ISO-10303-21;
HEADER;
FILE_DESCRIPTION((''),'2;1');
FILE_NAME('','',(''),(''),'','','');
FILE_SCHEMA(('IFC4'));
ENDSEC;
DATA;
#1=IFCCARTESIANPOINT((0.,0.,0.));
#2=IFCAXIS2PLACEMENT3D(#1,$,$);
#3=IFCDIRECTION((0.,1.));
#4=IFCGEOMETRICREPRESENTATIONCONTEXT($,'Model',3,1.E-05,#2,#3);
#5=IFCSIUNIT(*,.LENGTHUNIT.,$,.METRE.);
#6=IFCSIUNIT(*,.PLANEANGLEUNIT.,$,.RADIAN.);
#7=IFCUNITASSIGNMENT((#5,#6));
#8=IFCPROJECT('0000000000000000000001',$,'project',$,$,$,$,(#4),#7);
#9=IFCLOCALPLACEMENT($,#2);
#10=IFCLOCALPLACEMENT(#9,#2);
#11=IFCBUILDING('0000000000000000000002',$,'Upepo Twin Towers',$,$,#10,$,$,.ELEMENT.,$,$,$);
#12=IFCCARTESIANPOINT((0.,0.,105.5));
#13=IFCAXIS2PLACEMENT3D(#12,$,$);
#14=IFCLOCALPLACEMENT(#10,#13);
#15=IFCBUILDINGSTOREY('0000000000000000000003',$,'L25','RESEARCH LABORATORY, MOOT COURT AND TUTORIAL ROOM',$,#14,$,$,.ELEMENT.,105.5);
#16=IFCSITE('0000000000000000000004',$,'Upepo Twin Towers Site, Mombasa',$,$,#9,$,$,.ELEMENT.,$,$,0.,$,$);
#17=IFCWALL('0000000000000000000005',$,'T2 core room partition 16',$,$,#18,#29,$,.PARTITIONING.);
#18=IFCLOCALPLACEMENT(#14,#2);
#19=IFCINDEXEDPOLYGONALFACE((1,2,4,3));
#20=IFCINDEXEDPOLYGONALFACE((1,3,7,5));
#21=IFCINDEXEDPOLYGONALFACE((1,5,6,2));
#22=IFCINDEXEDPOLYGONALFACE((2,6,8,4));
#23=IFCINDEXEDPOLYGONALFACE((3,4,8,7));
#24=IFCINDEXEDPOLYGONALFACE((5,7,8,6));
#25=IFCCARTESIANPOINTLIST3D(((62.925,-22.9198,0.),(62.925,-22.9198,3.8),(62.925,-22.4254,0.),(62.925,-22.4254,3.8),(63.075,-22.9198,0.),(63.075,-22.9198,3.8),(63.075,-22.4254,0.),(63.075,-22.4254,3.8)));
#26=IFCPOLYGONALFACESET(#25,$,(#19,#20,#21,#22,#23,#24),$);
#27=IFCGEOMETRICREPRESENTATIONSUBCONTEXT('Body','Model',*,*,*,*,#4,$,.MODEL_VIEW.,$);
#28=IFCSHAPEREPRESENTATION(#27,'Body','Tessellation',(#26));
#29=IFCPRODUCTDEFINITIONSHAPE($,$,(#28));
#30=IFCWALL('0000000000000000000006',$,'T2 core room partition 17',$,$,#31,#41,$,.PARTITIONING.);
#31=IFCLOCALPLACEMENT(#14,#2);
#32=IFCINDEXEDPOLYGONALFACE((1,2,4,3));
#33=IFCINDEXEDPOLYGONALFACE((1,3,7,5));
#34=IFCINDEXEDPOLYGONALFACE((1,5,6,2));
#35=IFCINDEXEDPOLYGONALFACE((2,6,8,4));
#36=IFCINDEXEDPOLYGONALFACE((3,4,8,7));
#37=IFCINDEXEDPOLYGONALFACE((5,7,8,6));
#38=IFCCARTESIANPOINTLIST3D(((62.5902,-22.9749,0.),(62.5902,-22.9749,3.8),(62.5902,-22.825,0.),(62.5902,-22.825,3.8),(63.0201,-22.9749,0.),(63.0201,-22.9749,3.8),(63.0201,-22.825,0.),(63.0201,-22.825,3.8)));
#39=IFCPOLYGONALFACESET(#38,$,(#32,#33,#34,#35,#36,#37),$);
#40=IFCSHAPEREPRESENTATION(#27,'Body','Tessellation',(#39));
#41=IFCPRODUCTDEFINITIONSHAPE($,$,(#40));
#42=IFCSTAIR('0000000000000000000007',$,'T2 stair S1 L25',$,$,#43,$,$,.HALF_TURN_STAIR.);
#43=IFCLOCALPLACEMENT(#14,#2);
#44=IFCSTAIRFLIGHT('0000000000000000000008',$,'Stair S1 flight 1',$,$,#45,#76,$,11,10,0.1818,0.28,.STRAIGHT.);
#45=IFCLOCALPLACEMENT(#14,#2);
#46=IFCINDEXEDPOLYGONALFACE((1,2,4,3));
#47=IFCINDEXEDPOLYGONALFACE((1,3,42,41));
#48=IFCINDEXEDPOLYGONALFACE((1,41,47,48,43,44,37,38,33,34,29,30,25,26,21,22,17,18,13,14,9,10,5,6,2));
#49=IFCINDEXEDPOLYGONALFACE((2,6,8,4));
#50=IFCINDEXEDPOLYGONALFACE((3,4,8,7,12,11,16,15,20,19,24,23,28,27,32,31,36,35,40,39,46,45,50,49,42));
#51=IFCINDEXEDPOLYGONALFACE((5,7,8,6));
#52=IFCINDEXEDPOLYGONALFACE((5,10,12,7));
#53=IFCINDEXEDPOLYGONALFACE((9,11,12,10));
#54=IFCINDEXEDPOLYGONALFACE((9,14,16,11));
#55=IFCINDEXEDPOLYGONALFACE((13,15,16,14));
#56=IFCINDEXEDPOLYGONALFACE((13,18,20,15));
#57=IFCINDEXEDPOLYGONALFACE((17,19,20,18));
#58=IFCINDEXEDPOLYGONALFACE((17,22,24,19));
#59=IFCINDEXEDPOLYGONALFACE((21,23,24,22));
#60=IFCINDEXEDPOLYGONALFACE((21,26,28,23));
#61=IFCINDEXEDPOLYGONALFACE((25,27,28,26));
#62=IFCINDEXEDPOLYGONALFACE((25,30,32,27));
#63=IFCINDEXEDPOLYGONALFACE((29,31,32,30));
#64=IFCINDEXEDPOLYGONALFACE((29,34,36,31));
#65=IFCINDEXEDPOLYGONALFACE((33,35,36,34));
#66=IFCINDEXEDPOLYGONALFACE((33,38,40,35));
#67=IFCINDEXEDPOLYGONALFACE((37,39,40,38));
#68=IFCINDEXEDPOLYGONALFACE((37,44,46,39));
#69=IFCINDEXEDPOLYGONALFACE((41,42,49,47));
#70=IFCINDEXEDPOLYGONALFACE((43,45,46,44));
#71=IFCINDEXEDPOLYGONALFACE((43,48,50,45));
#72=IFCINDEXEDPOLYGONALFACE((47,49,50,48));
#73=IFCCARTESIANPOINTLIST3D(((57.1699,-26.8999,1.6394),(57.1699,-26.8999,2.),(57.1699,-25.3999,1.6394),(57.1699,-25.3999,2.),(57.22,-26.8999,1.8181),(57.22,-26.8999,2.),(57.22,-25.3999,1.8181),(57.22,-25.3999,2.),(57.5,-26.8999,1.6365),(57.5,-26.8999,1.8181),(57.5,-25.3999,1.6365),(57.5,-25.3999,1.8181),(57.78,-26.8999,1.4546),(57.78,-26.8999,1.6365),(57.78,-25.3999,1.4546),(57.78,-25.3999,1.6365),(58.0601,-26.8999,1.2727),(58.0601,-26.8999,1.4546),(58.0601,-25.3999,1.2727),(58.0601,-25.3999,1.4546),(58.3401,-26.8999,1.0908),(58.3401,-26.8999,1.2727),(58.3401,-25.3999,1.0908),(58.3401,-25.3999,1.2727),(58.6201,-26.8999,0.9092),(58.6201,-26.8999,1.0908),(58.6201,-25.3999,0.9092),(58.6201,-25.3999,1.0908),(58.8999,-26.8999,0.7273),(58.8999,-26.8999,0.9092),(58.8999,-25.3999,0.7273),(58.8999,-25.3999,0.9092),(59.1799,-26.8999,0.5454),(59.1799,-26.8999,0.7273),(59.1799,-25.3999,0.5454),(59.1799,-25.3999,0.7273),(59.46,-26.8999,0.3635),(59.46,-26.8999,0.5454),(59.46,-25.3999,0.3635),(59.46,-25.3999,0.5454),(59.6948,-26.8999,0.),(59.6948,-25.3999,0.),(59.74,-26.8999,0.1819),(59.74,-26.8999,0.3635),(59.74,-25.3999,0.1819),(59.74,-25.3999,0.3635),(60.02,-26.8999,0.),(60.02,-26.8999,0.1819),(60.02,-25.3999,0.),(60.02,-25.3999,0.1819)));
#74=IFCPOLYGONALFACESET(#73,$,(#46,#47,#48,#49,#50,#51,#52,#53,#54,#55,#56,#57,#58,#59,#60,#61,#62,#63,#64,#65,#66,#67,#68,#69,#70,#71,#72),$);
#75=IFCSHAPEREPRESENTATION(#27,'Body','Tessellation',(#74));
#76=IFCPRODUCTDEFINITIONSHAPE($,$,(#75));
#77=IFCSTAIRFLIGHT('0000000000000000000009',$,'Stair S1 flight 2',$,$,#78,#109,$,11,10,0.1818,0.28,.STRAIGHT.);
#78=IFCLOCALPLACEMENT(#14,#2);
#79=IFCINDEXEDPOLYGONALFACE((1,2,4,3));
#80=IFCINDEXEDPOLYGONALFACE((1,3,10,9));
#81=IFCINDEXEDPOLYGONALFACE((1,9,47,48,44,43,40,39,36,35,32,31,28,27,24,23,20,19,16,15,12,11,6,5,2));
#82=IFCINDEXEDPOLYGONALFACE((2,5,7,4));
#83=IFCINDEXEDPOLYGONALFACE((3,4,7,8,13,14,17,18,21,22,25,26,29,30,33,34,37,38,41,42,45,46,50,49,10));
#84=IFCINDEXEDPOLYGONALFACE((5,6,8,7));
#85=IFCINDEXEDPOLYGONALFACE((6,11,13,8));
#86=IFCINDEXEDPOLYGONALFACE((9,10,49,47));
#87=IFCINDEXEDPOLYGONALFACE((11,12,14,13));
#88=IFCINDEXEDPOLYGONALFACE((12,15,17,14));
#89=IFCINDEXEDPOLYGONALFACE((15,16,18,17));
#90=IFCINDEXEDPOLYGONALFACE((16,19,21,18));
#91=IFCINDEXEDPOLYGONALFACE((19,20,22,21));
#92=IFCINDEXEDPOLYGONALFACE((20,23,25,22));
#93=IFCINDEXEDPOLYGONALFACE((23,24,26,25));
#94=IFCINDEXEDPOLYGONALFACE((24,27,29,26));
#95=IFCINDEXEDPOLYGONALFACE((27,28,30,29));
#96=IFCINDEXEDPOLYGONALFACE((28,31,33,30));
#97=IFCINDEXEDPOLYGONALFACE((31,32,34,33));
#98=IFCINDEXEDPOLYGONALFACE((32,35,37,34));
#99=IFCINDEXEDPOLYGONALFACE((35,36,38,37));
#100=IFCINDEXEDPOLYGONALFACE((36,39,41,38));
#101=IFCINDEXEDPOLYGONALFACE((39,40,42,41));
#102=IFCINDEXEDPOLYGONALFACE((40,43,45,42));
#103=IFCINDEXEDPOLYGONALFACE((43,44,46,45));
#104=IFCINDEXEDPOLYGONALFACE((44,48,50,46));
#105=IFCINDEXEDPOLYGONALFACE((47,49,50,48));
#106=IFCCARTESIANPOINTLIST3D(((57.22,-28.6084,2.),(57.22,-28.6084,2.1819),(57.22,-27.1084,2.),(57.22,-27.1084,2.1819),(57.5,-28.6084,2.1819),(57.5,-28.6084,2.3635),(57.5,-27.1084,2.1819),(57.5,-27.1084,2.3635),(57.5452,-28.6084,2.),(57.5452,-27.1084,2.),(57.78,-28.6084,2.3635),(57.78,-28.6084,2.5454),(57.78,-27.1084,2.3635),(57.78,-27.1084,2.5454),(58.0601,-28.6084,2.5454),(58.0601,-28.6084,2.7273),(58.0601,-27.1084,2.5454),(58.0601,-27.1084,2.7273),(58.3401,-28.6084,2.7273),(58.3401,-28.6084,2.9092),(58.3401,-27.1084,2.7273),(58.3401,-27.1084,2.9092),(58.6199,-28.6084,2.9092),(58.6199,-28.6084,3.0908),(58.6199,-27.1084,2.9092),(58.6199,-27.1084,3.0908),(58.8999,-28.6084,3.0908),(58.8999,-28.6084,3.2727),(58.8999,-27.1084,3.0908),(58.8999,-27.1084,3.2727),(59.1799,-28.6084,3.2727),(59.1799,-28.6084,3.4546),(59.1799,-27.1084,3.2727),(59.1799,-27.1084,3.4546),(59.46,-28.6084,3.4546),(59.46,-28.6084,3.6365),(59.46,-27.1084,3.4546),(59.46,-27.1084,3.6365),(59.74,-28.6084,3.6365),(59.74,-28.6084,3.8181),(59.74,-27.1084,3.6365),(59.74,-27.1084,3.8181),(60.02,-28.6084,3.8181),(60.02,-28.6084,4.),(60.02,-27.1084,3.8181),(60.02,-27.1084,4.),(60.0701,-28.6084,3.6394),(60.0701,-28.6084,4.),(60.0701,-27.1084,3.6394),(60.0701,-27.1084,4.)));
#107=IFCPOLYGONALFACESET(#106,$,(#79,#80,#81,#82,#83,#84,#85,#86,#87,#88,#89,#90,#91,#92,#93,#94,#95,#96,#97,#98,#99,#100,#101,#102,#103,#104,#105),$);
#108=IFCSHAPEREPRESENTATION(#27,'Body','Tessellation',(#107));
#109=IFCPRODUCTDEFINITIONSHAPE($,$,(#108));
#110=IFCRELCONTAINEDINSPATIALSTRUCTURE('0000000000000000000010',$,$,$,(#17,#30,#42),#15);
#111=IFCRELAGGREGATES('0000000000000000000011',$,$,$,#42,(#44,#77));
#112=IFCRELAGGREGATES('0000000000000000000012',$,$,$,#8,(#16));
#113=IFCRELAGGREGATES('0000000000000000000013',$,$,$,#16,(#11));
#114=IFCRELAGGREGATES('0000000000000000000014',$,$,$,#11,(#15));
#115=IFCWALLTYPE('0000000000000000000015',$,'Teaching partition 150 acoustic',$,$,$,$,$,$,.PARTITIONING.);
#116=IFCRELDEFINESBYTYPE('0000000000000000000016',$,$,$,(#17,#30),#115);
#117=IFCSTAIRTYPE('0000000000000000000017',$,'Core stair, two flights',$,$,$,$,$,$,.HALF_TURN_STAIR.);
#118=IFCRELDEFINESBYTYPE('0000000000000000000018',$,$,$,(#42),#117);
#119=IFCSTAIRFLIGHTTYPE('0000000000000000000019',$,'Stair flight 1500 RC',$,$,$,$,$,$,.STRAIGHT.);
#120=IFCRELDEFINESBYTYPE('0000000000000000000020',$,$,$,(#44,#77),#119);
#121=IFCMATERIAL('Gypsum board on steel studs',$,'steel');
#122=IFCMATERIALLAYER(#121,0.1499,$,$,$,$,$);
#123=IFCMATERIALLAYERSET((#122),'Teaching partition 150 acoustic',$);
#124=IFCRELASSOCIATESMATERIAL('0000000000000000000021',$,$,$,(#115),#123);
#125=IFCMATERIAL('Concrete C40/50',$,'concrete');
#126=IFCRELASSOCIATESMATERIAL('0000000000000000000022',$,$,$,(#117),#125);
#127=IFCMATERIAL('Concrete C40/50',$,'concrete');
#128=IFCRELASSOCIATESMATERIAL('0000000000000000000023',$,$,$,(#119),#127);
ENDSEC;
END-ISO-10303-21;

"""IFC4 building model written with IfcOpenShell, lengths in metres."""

from ifc_helpers import new_model, si_unit, direction, frame, frame_2d, origin, place, context, subcontext, project, spatial, polyline, rectangle, outline, extrude, material, layer, layer_set, type_object, element, aggregate, save


model = new_model("IFC4")

# Units and contexts
model_context = context("Model", 3, precision=1e-05, world=origin(), true_north=direction((0.0, 1.0)))
body_context = subcontext(model_context, "Body", "Model", "MODEL_VIEW")
ifc_project = project(units=[si_unit("LENGTHUNIT", "METRE"), si_unit("PLANEANGLEUNIT", "RADIAN")], contexts=[model_context])

# Site, building, storey
site_placement = place(None, origin())
site = spatial("IfcSite", under=ifc_project, at=site_placement, Name="Upepo Twin Towers Site, Mombasa", CompositionType="ELEMENT", RefElevation=0.0)
building_placement = place(site_placement, origin())
building = spatial("IfcBuilding", under=site, at=building_placement, Name="Upepo Twin Towers", CompositionType="ELEMENT")
storey_placement = place(building_placement, frame((0.0, 0.0, 105.5)))
storey = spatial("IfcBuildingStorey", under=building, at=storey_placement, Name="L25", Description="RESEARCH LABORATORY, MOOT COURT AND TUTORIAL ROOM", CompositionType="ELEMENT", Elevation=105.5)

# Shared definitions
ifc_material_1 = material(Name="Gypsum board on steel studs", Category="steel")
ifc_layer_1 = layer(ifc_material_1, 0.1499)
ifc_layer_set_1 = layer_set([ifc_layer_1], Name="Teaching partition 150 acoustic")
wall_type_1 = type_object("IfcWallType", Name="Teaching partition 150 acoustic", PredefinedType="PARTITIONING", material=ifc_layer_set_1)

# Walls
wall_1_placement = place(storey_placement, frame((63.0, -22.4255, 0.0), z_axis=(0.0, 0.0, 1.0), x_axis=(0.0, -1.0, 0.0)))
element("IfcWall", 1, at=wall_1_placement, inside=storey, type_object=wall_type_1, Name="T2 core room partition 16", PredefinedType="PARTITIONING", context=body_context, shape_type="SweptSolid", body=[
    extrude(rectangle(XDim=0.4944, YDim=0.1499, at=frame_2d((0.2471, 0.0))), origin(), (0.0, 0.0, 1.0), 3.8),
])
wall_2_placement = place(storey_placement, frame((63.02, -22.8999, 0.0), z_axis=(0.0, 0.0, 1.0), x_axis=(-1.0, 0.0, 0.0)))
element("IfcWall", 2, at=wall_2_placement, inside=storey, type_object=wall_type_1, Name="T2 core room partition 17", PredefinedType="PARTITIONING", context=body_context, shape_type="SweptSolid", body=[
    extrude(rectangle(XDim=0.4299, YDim=0.1499, at=frame_2d((0.2148, 0.0))), origin(), (0.0, 0.0, 1.0), 3.8),
])

# Stair, stair flights
ifc_material_2 = material(Name="Concrete C40/50", Category="concrete")
stair_type = type_object("IfcStairType", Name="Core stair, two flights", PredefinedType="HALF_TURN_STAIR", material=ifc_material_2)
stair_placement = place(storey_placement, origin())
stair = element("IfcStair", 3, at=stair_placement, inside=storey, type_object=stair_type, Name="T2 stair S1 L25", PredefinedType="HALF_TURN_STAIR")
ifc_material_3 = material(Name="Concrete C40/50", Category="concrete")
stair_flight_type = type_object("IfcStairFlightType", Name="Stair flight 1500 RC", PredefinedType="STRAIGHT", material=ifc_material_3)
stair_flight_1_placement = place(storey_placement, frame((60.02, -26.1499, 0.0), z_axis=(0.0, 0.0, 1.0), x_axis=(-1.0, 0.0, 0.0)))
stair_flight_1 = element("IfcStairFlight", 4, at=stair_flight_1_placement, type_object=stair_flight_type, Name="Stair S1 flight 1", NumberOfRisers=11, NumberOfTreads=10, PredefinedType="STRAIGHT", RiserHeight=0.1818, TreadLength=0.28, context=body_context, shape_type="SweptSolid", body=[
    extrude(outline(polyline([(0.0, 0.0), (0.0, 0.1819), (0.28, 0.1819), (0.28, 0.3635), (0.5601, 0.3635), (0.5601, 0.5454), (0.8401, 0.5454), (0.8401, 0.7273), (1.1201, 0.7273), (1.1201, 0.9092), (1.3999, 0.9092), (1.3999, 1.0908), (1.6799, 1.0908), (1.6799, 1.2727), (1.96, 1.2727), (1.96, 1.4546), (2.24, 1.4546), (2.24, 1.6365), (2.52, 1.6365), (2.52, 1.8181), (2.8, 1.8181), (2.8, 2.0), (2.8501, 2.0), (2.8501, 1.6394), (0.3252, 0.0), (0.0, 0.0)])), frame((0.0, 0.75, 0.0), z_axis=(0.0, -1.0, 0.0), x_axis=(1.0, 0.0, 0.0)), (0.0, 0.0, 1.0), 1.5),
])
stair_flight_2_placement = place(storey_placement, frame((57.22, -27.8584, 2.0), z_axis=(0.0, 0.0, 1.0), x_axis=(1.0, 0.0, 0.0)))
stair_flight_2 = element("IfcStairFlight", 5, at=stair_flight_2_placement, type_object=stair_flight_type, Name="Stair S1 flight 2", NumberOfRisers=11, NumberOfTreads=10, PredefinedType="STRAIGHT", RiserHeight=0.1818, TreadLength=0.28, context=body_context, shape_type="SweptSolid", body=[
    extrude(outline(polyline([(0.0, 0.0), (0.0, 0.1819), (0.28, 0.1819), (0.28, 0.3635), (0.5601, 0.3635), (0.5601, 0.5454), (0.8401, 0.5454), (0.8401, 0.7273), (1.1201, 0.7273), (1.1201, 0.9092), (1.3999, 0.9092), (1.3999, 1.0908), (1.6799, 1.0908), (1.6799, 1.2727), (1.96, 1.2727), (1.96, 1.4546), (2.24, 1.4546), (2.24, 1.6365), (2.52, 1.6365), (2.52, 1.8181), (2.8, 1.8181), (2.8, 2.0), (2.8501, 2.0), (2.8501, 1.6394), (0.3252, 0.0), (0.0, 0.0)])), frame((0.0, 0.75, 0.0), z_axis=(0.0, -1.0, 0.0), x_axis=(1.0, 0.0, 0.0)), (0.0, 0.0, 1.0), 1.5),
])
aggregate(stair, [stair_flight_1, stair_flight_2])

save(model, "model.ifc")
